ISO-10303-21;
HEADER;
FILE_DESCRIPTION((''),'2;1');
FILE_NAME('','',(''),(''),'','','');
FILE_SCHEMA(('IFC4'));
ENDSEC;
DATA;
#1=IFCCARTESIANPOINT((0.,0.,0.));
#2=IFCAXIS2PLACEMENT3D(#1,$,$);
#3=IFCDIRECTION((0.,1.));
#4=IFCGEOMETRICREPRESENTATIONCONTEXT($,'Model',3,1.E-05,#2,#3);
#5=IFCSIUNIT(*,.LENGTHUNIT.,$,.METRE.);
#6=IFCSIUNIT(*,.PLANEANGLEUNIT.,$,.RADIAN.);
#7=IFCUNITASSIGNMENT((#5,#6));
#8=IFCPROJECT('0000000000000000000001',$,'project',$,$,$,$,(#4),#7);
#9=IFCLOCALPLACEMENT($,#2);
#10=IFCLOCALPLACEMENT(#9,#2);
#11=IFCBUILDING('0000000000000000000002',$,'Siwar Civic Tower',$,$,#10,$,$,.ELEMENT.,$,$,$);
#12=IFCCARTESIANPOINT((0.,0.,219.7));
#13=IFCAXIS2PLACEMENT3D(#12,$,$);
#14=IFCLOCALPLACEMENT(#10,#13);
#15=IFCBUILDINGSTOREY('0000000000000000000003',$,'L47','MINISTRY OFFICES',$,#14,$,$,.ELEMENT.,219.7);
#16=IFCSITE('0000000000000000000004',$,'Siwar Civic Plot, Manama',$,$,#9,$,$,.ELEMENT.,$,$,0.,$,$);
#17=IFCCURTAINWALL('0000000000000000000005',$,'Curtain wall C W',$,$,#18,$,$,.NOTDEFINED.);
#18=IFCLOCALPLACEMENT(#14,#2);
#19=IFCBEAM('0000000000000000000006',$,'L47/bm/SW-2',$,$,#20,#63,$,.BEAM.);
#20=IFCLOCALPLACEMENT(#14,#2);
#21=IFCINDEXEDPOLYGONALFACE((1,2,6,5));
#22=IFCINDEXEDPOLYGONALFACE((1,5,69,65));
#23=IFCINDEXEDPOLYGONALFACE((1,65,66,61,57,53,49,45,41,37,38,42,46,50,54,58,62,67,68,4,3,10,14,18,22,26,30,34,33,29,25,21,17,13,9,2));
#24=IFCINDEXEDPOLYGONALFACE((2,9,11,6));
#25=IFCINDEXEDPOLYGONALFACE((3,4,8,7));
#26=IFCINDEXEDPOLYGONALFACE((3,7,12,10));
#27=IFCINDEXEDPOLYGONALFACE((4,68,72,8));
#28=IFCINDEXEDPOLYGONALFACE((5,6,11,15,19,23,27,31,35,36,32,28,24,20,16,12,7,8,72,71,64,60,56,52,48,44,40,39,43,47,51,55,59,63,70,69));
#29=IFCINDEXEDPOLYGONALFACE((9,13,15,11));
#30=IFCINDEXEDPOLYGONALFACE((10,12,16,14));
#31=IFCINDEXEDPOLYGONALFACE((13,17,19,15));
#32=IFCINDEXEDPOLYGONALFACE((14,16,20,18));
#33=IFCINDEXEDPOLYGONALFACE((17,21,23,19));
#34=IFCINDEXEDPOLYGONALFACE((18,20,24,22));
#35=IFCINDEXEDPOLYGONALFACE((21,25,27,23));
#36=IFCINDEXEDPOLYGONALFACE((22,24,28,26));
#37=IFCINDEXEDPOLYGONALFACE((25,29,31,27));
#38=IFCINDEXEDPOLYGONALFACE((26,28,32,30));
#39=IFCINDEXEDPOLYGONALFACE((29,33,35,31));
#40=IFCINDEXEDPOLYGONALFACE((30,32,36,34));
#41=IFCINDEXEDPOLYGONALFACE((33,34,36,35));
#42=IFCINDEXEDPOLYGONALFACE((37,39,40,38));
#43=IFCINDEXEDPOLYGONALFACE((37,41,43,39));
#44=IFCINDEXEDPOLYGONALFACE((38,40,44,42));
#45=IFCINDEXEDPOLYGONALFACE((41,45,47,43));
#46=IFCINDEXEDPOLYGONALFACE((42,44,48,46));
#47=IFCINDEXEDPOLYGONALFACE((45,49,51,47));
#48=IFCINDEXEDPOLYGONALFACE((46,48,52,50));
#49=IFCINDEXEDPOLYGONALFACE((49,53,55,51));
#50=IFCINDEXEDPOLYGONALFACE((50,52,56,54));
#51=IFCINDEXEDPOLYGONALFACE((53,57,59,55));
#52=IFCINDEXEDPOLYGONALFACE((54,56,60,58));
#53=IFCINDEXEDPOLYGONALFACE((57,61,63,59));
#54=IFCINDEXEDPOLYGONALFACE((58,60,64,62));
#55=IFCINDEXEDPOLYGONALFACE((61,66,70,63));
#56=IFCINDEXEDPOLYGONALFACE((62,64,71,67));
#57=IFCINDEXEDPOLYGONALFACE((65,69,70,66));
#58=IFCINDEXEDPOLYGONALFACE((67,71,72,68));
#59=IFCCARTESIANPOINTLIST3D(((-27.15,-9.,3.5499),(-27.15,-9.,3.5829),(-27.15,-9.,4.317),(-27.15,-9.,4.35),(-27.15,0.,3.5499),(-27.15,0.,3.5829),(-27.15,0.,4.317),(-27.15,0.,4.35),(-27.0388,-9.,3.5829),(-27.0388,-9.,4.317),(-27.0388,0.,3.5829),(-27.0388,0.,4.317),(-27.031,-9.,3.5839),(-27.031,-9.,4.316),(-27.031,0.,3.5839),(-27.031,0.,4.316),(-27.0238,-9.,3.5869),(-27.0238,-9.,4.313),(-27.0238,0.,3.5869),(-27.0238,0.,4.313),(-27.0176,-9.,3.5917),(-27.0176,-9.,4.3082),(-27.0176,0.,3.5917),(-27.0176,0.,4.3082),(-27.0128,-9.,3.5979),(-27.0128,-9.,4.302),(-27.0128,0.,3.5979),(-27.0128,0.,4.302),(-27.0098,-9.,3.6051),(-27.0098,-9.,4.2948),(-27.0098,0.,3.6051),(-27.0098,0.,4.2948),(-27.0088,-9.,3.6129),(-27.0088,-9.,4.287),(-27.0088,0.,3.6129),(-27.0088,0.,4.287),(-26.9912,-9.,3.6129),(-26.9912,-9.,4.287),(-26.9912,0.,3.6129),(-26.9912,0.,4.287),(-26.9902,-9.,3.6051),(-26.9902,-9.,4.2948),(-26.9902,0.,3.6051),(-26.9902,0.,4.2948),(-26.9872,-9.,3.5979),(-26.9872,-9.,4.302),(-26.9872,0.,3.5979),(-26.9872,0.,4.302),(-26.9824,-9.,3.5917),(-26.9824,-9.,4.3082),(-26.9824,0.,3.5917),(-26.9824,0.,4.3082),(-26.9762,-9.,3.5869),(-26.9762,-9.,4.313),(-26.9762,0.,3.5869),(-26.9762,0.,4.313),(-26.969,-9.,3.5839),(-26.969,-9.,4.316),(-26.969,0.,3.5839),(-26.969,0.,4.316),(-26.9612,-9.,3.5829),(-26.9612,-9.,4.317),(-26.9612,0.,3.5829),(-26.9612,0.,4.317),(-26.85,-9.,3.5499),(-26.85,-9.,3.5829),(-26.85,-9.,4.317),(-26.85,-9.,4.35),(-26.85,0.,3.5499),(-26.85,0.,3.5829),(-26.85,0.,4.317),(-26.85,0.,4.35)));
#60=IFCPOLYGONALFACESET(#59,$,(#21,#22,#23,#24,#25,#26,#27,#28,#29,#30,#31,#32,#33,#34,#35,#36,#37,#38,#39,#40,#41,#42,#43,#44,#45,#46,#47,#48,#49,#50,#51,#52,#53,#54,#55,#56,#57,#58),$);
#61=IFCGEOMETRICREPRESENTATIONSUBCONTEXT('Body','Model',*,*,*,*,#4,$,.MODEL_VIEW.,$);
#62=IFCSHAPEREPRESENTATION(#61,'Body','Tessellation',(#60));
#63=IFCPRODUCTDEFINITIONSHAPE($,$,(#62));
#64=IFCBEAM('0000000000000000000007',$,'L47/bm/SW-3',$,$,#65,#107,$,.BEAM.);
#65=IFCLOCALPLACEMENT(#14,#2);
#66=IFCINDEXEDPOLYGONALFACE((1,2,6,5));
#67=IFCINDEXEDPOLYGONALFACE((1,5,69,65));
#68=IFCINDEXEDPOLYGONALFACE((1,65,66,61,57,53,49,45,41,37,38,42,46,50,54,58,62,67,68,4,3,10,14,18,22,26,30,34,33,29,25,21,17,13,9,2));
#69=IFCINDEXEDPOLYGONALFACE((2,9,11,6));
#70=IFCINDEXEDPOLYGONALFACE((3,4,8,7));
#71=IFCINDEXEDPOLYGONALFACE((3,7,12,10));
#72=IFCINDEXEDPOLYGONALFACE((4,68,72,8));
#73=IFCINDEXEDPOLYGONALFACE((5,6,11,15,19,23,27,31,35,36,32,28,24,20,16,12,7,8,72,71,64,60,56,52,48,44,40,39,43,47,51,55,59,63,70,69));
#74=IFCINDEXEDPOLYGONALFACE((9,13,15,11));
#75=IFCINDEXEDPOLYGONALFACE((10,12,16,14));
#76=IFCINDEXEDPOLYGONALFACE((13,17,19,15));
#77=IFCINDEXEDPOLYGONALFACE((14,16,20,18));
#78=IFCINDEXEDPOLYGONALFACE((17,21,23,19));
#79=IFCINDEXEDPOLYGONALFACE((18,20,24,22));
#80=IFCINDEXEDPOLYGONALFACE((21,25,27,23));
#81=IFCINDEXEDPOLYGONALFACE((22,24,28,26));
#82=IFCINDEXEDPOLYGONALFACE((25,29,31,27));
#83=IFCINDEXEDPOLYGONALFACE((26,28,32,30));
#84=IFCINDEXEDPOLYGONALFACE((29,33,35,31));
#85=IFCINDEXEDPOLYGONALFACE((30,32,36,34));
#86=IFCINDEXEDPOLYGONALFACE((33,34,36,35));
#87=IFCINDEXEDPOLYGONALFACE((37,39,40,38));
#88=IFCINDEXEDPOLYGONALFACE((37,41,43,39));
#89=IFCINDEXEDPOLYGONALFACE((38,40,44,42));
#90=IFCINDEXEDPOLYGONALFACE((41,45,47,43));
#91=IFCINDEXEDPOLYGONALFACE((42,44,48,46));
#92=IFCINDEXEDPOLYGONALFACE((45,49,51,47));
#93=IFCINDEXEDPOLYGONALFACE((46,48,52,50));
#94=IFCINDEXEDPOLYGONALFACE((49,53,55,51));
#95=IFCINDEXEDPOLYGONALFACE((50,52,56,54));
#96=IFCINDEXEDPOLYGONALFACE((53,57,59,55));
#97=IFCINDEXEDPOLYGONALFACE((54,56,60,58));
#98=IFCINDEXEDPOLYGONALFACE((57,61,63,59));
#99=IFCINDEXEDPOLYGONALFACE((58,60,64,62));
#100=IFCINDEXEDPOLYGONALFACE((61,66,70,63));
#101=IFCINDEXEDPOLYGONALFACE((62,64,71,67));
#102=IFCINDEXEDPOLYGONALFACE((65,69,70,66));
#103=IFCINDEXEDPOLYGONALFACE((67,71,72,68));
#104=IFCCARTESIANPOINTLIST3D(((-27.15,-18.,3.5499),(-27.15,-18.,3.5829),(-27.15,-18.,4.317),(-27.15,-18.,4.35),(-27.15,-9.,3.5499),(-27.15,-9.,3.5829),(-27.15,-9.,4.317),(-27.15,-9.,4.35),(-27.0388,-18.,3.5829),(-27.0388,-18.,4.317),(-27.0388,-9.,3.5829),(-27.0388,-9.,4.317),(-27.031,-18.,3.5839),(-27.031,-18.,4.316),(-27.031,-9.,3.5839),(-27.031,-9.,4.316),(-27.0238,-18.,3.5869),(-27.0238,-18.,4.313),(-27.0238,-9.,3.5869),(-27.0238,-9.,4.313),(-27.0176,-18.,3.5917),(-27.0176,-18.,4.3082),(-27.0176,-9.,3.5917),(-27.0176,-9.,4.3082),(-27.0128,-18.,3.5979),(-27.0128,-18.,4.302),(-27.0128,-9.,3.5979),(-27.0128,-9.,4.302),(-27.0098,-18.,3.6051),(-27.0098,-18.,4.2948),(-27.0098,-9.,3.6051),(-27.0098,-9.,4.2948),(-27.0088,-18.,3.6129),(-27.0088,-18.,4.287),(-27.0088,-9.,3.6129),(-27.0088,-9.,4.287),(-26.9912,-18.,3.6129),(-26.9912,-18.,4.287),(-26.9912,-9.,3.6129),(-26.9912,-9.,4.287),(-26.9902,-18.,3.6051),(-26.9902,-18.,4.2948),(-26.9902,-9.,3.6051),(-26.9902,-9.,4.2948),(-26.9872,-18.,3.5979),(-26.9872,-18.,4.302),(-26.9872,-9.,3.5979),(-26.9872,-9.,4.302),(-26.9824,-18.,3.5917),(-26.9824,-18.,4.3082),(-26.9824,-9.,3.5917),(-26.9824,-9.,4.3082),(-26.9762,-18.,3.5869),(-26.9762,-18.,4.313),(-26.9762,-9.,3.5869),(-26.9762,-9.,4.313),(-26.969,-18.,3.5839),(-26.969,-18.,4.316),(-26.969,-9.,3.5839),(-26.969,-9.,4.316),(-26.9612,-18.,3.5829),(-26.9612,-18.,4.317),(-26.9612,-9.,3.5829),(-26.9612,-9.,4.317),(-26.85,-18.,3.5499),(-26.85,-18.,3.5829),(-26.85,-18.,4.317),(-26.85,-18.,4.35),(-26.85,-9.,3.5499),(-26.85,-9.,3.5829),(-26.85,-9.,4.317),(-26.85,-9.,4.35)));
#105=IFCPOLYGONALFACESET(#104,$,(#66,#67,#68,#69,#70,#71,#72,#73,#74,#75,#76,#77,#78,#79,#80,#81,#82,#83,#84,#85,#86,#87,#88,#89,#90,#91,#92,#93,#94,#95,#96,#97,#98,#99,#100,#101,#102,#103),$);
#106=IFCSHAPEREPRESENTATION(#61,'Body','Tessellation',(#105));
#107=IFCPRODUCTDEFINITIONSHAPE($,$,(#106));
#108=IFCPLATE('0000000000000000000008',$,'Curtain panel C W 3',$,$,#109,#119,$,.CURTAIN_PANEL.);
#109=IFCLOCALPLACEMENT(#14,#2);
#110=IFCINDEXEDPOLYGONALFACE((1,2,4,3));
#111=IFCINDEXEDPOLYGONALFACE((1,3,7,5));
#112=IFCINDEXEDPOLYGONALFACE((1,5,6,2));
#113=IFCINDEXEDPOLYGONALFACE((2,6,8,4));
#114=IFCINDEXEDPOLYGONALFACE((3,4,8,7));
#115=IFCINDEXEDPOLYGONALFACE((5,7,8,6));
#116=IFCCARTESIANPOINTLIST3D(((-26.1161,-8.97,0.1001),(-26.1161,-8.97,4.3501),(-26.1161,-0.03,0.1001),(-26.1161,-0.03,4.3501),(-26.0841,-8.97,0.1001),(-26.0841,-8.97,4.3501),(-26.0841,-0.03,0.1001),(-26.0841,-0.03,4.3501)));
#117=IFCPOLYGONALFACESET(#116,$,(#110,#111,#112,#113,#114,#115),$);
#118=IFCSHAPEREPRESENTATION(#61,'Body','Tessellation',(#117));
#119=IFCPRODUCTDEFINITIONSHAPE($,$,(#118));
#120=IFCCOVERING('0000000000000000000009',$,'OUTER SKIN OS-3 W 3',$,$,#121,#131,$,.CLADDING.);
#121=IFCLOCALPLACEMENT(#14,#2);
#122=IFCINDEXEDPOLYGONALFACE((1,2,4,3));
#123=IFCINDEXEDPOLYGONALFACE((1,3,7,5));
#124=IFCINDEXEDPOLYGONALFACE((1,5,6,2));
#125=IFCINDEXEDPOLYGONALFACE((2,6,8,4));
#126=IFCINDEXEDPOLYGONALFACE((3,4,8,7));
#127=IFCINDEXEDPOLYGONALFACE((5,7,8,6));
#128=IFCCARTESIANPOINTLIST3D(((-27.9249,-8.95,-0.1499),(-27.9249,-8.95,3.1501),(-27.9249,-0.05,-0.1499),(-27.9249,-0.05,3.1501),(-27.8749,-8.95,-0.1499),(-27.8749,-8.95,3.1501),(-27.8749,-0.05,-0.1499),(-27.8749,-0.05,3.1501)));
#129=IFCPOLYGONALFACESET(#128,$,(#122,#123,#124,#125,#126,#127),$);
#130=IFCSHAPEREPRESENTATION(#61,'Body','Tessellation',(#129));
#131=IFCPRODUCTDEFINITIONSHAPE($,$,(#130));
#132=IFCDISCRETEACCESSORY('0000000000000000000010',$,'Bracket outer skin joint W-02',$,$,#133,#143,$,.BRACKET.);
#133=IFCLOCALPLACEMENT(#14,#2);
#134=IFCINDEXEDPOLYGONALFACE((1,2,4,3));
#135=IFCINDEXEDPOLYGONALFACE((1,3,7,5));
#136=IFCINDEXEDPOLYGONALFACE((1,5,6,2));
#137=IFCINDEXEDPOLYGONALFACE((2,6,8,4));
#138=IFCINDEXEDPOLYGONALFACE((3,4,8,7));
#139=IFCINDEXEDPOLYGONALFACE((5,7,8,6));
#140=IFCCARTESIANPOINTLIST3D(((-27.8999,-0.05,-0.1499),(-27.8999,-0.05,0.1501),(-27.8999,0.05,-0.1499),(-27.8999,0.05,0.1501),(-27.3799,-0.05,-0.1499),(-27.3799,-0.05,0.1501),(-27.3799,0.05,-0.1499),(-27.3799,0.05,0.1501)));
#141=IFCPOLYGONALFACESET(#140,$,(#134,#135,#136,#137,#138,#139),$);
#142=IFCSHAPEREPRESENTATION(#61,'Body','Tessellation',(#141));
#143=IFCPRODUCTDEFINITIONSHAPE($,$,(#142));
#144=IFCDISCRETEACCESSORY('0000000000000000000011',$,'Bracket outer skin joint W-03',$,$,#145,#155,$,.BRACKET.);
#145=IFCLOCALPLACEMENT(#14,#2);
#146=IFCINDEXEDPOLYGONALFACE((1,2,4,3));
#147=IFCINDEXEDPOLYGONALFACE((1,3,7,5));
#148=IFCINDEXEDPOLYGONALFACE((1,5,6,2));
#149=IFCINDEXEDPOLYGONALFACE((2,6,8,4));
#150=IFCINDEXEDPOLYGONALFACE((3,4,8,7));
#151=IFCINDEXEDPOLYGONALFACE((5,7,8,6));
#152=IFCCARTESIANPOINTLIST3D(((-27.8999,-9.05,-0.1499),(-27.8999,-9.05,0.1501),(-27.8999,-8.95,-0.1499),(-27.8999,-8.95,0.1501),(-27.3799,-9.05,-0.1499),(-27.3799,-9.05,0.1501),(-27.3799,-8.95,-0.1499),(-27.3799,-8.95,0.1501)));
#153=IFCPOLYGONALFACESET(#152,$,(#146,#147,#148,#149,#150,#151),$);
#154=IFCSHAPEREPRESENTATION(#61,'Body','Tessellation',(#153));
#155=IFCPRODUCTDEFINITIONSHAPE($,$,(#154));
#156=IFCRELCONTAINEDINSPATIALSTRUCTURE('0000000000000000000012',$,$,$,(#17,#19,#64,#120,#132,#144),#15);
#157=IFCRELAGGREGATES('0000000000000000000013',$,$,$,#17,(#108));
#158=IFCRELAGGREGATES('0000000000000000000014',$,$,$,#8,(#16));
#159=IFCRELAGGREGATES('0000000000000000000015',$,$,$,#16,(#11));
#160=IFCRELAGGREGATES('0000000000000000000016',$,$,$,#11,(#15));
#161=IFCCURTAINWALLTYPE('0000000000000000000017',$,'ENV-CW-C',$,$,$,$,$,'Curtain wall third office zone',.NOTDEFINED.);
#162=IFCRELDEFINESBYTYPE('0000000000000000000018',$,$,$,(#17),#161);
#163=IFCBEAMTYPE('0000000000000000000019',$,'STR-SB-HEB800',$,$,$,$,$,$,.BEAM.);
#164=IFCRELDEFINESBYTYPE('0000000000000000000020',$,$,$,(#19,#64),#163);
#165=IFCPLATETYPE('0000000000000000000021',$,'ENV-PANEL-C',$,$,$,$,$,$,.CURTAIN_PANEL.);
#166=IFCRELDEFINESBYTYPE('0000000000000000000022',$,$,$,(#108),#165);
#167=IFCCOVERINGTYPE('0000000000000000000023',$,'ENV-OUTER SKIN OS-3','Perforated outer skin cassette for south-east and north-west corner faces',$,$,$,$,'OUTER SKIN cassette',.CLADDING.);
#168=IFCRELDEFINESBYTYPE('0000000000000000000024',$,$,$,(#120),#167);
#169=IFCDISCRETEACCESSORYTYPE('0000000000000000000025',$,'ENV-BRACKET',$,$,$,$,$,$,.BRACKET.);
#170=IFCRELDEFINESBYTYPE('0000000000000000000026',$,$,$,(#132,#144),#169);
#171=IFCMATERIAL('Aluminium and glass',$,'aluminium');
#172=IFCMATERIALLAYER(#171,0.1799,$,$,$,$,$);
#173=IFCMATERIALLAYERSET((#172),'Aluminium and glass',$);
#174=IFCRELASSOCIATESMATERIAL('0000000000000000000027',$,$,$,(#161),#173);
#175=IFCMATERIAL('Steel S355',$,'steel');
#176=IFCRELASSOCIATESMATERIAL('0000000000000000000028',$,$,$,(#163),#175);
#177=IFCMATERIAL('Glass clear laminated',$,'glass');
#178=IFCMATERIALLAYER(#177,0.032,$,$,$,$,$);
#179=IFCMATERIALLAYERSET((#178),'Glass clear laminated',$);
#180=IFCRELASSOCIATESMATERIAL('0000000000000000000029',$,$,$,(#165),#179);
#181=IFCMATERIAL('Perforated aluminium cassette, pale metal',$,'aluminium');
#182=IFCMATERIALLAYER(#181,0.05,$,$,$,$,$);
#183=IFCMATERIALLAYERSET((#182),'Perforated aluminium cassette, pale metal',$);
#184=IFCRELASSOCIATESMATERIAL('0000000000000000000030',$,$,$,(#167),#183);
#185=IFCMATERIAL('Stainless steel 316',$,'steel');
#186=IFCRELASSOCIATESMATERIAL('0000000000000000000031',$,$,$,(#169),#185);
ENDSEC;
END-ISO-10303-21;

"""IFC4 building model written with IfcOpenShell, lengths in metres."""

from ifc_helpers import new_model, si_unit, direction, frame, origin, origin_2d, place, context, subcontext, project, spatial, rectangle, i_section, extrude, material, layer, layer_set, material_profile, profile_set, type_object, element, aggregate, save


model = new_model("IFC4")

# Units and contexts
model_context = context("Model", 3, precision=1e-05, world=origin(), true_north=direction((0.0, 1.0)))
body_context = subcontext(model_context, "Body", "Model", "MODEL_VIEW")
ifc_project = project(units=[si_unit("LENGTHUNIT", "METRE"), si_unit("PLANEANGLEUNIT", "RADIAN")], contexts=[model_context])

# Site, building, storey
site_placement = place(None, origin())
site = spatial("IfcSite", under=ifc_project, at=site_placement, Name="Siwar Civic Plot, Manama", CompositionType="ELEMENT", RefElevation=0.0)
building_placement = place(site_placement, origin())
building = spatial("IfcBuilding", under=site, at=building_placement, Name="Siwar Civic Tower", CompositionType="ELEMENT")
storey_placement = place(building_placement, frame((0.0, 0.0, 219.7)))
storey = spatial("IfcBuildingStorey", under=building, at=storey_placement, Name="L47", Description="MINISTRY OFFICES", CompositionType="ELEMENT", Elevation=219.7)

# Curtain wall
ifc_material_1 = material(Name="Aluminium and glass", Category="aluminium")
ifc_layer_1 = layer(ifc_material_1, 0.1799)
ifc_layer_set_1 = layer_set([ifc_layer_1], Name="Aluminium and glass")
curtain_wall_type = type_object("IfcCurtainWallType", Name="ENV-CW-C", ElementType="Curtain wall third office zone", PredefinedType="NOTDEFINED", material=ifc_layer_set_1)
curtain_wall_placement = place(storey_placement, origin())
curtain_wall = element("IfcCurtainWall", 1, at=curtain_wall_placement, inside=storey, type_object=curtain_wall_type, Name="Curtain wall C W", PredefinedType="NOTDEFINED")

# Beams
ifc_material_2 = material(Name="Steel S355", Category="steel")
ifc_material_profile_1 = material_profile(ifc_material_2, i_section(OverallWidth=0.3, OverallDepth=0.8, WebThickness=0.0176, FlangeThickness=0.033, FilletRadius=0.03, at=origin_2d()), Name="HEB800")
ifc_profile_set_1 = profile_set([ifc_material_profile_1], Name="Steel S355")
beam_type_1 = type_object("IfcBeamType", Name="STR-SB-HEB800", PredefinedType="BEAM", material=ifc_profile_set_1)
for number, where, z_axis, x_axis, name in (
    (2, (-27.0, 0.0, 3.95), (0.0, -1.0, 0.0), (1.0, 0.0, 0.0), "L47/bm/SW-2"),
    (3, (-27.0, -9.0, 3.95), (0.0, -1.0, 0.0), (1.0, 0.0, 0.0), "L47/bm/SW-3"),
):
    element("IfcBeam", number, at=place(storey_placement, frame(where, z_axis=z_axis, x_axis=x_axis)), inside=storey, type_object=beam_type_1, Name=name, PredefinedType="BEAM", context=body_context, shape_type="SweptSolid", body=[
        extrude(i_section(OverallWidth=0.3, OverallDepth=0.8, WebThickness=0.0176, FlangeThickness=0.033, FilletRadius=0.03, at=origin_2d()), origin(), (0.0, 0.0, 1.0), 9.0),
    ])

# Plate
ifc_material_3 = material(Name="Glass clear laminated", Category="glass")
ifc_layer_2 = layer(ifc_material_3, 0.032)
ifc_layer_set_2 = layer_set([ifc_layer_2], Name="Glass clear laminated")
plate_type = type_object("IfcPlateType", Name="ENV-PANEL-C", PredefinedType="CURTAIN_PANEL", material=ifc_layer_set_2)
plate_placement = place(storey_placement, frame((-26.1001, -4.5, 0.1001), z_axis=(0.0, 0.0, 1.0), x_axis=(0.0, -1.0, 0.0)))
plate = element("IfcPlate", 4, at=plate_placement, type_object=plate_type, Name="Curtain panel C W 3", PredefinedType="CURTAIN_PANEL", context=body_context, shape_type="SweptSolid", body=[
    extrude(rectangle(XDim=8.9399, YDim=0.032, at=origin_2d()), origin(), (0.0, 0.0, 1.0), 4.25),
])
aggregate(curtain_wall, [plate])

# Covering
ifc_material_4 = material(Name="Perforated aluminium cassette, pale metal", Category="aluminium")
ifc_layer_3 = layer(ifc_material_4, 0.05)
ifc_layer_set_3 = layer_set([ifc_layer_3], Name="Perforated aluminium cassette, pale metal")
covering_type = type_object("IfcCoveringType", Name="ENV-OUTER SKIN OS-3", Description="Perforated outer skin cassette for south-east and north-west corner faces", ElementType="OUTER SKIN cassette", PredefinedType="CLADDING", material=ifc_layer_set_3)
covering_placement = place(storey_placement, frame((-27.8999, -4.5, -0.1499), z_axis=(0.0, 0.0, 1.0), x_axis=(0.0, -1.0, 0.0)))
element("IfcCovering", 5, at=covering_placement, inside=storey, type_object=covering_type, Name="OUTER SKIN OS-3 W 3", PredefinedType="CLADDING", context=body_context, shape_type="SweptSolid", body=[
    extrude(rectangle(XDim=8.8999, YDim=0.05, at=origin_2d()), origin(), (0.0, 0.0, 1.0), 3.3),
])

# Discrete accessories
ifc_material_5 = material(Name="Stainless steel 316", Category="steel")
discrete_accessory_type = type_object("IfcDiscreteAccessoryType", Name="ENV-BRACKET", PredefinedType="BRACKET", material=ifc_material_5)
for number, where, z_axis, x_axis, name in (
    (6, (-27.6399, 0.0, -0.1499), (0.0, 0.0, 1.0), (-1.0, 0.0, 0.0), "Bracket outer skin joint W-02"),
    (7, (-27.6399, -9.0, -0.1499), (0.0, 0.0, 1.0), (-1.0, 0.0, 0.0), "Bracket outer skin joint W-03"),
):
    element("IfcDiscreteAccessory", number, at=place(storey_placement, frame(where, z_axis=z_axis, x_axis=x_axis)), inside=storey, type_object=discrete_accessory_type, Name=name, PredefinedType="BRACKET", context=body_context, shape_type="SweptSolid", body=[
        extrude(rectangle(XDim=0.52, YDim=0.1001, at=origin_2d()), origin(), (0.0, 0.0, 1.0), 0.3),
    ])

save(model, "model.ifc")
